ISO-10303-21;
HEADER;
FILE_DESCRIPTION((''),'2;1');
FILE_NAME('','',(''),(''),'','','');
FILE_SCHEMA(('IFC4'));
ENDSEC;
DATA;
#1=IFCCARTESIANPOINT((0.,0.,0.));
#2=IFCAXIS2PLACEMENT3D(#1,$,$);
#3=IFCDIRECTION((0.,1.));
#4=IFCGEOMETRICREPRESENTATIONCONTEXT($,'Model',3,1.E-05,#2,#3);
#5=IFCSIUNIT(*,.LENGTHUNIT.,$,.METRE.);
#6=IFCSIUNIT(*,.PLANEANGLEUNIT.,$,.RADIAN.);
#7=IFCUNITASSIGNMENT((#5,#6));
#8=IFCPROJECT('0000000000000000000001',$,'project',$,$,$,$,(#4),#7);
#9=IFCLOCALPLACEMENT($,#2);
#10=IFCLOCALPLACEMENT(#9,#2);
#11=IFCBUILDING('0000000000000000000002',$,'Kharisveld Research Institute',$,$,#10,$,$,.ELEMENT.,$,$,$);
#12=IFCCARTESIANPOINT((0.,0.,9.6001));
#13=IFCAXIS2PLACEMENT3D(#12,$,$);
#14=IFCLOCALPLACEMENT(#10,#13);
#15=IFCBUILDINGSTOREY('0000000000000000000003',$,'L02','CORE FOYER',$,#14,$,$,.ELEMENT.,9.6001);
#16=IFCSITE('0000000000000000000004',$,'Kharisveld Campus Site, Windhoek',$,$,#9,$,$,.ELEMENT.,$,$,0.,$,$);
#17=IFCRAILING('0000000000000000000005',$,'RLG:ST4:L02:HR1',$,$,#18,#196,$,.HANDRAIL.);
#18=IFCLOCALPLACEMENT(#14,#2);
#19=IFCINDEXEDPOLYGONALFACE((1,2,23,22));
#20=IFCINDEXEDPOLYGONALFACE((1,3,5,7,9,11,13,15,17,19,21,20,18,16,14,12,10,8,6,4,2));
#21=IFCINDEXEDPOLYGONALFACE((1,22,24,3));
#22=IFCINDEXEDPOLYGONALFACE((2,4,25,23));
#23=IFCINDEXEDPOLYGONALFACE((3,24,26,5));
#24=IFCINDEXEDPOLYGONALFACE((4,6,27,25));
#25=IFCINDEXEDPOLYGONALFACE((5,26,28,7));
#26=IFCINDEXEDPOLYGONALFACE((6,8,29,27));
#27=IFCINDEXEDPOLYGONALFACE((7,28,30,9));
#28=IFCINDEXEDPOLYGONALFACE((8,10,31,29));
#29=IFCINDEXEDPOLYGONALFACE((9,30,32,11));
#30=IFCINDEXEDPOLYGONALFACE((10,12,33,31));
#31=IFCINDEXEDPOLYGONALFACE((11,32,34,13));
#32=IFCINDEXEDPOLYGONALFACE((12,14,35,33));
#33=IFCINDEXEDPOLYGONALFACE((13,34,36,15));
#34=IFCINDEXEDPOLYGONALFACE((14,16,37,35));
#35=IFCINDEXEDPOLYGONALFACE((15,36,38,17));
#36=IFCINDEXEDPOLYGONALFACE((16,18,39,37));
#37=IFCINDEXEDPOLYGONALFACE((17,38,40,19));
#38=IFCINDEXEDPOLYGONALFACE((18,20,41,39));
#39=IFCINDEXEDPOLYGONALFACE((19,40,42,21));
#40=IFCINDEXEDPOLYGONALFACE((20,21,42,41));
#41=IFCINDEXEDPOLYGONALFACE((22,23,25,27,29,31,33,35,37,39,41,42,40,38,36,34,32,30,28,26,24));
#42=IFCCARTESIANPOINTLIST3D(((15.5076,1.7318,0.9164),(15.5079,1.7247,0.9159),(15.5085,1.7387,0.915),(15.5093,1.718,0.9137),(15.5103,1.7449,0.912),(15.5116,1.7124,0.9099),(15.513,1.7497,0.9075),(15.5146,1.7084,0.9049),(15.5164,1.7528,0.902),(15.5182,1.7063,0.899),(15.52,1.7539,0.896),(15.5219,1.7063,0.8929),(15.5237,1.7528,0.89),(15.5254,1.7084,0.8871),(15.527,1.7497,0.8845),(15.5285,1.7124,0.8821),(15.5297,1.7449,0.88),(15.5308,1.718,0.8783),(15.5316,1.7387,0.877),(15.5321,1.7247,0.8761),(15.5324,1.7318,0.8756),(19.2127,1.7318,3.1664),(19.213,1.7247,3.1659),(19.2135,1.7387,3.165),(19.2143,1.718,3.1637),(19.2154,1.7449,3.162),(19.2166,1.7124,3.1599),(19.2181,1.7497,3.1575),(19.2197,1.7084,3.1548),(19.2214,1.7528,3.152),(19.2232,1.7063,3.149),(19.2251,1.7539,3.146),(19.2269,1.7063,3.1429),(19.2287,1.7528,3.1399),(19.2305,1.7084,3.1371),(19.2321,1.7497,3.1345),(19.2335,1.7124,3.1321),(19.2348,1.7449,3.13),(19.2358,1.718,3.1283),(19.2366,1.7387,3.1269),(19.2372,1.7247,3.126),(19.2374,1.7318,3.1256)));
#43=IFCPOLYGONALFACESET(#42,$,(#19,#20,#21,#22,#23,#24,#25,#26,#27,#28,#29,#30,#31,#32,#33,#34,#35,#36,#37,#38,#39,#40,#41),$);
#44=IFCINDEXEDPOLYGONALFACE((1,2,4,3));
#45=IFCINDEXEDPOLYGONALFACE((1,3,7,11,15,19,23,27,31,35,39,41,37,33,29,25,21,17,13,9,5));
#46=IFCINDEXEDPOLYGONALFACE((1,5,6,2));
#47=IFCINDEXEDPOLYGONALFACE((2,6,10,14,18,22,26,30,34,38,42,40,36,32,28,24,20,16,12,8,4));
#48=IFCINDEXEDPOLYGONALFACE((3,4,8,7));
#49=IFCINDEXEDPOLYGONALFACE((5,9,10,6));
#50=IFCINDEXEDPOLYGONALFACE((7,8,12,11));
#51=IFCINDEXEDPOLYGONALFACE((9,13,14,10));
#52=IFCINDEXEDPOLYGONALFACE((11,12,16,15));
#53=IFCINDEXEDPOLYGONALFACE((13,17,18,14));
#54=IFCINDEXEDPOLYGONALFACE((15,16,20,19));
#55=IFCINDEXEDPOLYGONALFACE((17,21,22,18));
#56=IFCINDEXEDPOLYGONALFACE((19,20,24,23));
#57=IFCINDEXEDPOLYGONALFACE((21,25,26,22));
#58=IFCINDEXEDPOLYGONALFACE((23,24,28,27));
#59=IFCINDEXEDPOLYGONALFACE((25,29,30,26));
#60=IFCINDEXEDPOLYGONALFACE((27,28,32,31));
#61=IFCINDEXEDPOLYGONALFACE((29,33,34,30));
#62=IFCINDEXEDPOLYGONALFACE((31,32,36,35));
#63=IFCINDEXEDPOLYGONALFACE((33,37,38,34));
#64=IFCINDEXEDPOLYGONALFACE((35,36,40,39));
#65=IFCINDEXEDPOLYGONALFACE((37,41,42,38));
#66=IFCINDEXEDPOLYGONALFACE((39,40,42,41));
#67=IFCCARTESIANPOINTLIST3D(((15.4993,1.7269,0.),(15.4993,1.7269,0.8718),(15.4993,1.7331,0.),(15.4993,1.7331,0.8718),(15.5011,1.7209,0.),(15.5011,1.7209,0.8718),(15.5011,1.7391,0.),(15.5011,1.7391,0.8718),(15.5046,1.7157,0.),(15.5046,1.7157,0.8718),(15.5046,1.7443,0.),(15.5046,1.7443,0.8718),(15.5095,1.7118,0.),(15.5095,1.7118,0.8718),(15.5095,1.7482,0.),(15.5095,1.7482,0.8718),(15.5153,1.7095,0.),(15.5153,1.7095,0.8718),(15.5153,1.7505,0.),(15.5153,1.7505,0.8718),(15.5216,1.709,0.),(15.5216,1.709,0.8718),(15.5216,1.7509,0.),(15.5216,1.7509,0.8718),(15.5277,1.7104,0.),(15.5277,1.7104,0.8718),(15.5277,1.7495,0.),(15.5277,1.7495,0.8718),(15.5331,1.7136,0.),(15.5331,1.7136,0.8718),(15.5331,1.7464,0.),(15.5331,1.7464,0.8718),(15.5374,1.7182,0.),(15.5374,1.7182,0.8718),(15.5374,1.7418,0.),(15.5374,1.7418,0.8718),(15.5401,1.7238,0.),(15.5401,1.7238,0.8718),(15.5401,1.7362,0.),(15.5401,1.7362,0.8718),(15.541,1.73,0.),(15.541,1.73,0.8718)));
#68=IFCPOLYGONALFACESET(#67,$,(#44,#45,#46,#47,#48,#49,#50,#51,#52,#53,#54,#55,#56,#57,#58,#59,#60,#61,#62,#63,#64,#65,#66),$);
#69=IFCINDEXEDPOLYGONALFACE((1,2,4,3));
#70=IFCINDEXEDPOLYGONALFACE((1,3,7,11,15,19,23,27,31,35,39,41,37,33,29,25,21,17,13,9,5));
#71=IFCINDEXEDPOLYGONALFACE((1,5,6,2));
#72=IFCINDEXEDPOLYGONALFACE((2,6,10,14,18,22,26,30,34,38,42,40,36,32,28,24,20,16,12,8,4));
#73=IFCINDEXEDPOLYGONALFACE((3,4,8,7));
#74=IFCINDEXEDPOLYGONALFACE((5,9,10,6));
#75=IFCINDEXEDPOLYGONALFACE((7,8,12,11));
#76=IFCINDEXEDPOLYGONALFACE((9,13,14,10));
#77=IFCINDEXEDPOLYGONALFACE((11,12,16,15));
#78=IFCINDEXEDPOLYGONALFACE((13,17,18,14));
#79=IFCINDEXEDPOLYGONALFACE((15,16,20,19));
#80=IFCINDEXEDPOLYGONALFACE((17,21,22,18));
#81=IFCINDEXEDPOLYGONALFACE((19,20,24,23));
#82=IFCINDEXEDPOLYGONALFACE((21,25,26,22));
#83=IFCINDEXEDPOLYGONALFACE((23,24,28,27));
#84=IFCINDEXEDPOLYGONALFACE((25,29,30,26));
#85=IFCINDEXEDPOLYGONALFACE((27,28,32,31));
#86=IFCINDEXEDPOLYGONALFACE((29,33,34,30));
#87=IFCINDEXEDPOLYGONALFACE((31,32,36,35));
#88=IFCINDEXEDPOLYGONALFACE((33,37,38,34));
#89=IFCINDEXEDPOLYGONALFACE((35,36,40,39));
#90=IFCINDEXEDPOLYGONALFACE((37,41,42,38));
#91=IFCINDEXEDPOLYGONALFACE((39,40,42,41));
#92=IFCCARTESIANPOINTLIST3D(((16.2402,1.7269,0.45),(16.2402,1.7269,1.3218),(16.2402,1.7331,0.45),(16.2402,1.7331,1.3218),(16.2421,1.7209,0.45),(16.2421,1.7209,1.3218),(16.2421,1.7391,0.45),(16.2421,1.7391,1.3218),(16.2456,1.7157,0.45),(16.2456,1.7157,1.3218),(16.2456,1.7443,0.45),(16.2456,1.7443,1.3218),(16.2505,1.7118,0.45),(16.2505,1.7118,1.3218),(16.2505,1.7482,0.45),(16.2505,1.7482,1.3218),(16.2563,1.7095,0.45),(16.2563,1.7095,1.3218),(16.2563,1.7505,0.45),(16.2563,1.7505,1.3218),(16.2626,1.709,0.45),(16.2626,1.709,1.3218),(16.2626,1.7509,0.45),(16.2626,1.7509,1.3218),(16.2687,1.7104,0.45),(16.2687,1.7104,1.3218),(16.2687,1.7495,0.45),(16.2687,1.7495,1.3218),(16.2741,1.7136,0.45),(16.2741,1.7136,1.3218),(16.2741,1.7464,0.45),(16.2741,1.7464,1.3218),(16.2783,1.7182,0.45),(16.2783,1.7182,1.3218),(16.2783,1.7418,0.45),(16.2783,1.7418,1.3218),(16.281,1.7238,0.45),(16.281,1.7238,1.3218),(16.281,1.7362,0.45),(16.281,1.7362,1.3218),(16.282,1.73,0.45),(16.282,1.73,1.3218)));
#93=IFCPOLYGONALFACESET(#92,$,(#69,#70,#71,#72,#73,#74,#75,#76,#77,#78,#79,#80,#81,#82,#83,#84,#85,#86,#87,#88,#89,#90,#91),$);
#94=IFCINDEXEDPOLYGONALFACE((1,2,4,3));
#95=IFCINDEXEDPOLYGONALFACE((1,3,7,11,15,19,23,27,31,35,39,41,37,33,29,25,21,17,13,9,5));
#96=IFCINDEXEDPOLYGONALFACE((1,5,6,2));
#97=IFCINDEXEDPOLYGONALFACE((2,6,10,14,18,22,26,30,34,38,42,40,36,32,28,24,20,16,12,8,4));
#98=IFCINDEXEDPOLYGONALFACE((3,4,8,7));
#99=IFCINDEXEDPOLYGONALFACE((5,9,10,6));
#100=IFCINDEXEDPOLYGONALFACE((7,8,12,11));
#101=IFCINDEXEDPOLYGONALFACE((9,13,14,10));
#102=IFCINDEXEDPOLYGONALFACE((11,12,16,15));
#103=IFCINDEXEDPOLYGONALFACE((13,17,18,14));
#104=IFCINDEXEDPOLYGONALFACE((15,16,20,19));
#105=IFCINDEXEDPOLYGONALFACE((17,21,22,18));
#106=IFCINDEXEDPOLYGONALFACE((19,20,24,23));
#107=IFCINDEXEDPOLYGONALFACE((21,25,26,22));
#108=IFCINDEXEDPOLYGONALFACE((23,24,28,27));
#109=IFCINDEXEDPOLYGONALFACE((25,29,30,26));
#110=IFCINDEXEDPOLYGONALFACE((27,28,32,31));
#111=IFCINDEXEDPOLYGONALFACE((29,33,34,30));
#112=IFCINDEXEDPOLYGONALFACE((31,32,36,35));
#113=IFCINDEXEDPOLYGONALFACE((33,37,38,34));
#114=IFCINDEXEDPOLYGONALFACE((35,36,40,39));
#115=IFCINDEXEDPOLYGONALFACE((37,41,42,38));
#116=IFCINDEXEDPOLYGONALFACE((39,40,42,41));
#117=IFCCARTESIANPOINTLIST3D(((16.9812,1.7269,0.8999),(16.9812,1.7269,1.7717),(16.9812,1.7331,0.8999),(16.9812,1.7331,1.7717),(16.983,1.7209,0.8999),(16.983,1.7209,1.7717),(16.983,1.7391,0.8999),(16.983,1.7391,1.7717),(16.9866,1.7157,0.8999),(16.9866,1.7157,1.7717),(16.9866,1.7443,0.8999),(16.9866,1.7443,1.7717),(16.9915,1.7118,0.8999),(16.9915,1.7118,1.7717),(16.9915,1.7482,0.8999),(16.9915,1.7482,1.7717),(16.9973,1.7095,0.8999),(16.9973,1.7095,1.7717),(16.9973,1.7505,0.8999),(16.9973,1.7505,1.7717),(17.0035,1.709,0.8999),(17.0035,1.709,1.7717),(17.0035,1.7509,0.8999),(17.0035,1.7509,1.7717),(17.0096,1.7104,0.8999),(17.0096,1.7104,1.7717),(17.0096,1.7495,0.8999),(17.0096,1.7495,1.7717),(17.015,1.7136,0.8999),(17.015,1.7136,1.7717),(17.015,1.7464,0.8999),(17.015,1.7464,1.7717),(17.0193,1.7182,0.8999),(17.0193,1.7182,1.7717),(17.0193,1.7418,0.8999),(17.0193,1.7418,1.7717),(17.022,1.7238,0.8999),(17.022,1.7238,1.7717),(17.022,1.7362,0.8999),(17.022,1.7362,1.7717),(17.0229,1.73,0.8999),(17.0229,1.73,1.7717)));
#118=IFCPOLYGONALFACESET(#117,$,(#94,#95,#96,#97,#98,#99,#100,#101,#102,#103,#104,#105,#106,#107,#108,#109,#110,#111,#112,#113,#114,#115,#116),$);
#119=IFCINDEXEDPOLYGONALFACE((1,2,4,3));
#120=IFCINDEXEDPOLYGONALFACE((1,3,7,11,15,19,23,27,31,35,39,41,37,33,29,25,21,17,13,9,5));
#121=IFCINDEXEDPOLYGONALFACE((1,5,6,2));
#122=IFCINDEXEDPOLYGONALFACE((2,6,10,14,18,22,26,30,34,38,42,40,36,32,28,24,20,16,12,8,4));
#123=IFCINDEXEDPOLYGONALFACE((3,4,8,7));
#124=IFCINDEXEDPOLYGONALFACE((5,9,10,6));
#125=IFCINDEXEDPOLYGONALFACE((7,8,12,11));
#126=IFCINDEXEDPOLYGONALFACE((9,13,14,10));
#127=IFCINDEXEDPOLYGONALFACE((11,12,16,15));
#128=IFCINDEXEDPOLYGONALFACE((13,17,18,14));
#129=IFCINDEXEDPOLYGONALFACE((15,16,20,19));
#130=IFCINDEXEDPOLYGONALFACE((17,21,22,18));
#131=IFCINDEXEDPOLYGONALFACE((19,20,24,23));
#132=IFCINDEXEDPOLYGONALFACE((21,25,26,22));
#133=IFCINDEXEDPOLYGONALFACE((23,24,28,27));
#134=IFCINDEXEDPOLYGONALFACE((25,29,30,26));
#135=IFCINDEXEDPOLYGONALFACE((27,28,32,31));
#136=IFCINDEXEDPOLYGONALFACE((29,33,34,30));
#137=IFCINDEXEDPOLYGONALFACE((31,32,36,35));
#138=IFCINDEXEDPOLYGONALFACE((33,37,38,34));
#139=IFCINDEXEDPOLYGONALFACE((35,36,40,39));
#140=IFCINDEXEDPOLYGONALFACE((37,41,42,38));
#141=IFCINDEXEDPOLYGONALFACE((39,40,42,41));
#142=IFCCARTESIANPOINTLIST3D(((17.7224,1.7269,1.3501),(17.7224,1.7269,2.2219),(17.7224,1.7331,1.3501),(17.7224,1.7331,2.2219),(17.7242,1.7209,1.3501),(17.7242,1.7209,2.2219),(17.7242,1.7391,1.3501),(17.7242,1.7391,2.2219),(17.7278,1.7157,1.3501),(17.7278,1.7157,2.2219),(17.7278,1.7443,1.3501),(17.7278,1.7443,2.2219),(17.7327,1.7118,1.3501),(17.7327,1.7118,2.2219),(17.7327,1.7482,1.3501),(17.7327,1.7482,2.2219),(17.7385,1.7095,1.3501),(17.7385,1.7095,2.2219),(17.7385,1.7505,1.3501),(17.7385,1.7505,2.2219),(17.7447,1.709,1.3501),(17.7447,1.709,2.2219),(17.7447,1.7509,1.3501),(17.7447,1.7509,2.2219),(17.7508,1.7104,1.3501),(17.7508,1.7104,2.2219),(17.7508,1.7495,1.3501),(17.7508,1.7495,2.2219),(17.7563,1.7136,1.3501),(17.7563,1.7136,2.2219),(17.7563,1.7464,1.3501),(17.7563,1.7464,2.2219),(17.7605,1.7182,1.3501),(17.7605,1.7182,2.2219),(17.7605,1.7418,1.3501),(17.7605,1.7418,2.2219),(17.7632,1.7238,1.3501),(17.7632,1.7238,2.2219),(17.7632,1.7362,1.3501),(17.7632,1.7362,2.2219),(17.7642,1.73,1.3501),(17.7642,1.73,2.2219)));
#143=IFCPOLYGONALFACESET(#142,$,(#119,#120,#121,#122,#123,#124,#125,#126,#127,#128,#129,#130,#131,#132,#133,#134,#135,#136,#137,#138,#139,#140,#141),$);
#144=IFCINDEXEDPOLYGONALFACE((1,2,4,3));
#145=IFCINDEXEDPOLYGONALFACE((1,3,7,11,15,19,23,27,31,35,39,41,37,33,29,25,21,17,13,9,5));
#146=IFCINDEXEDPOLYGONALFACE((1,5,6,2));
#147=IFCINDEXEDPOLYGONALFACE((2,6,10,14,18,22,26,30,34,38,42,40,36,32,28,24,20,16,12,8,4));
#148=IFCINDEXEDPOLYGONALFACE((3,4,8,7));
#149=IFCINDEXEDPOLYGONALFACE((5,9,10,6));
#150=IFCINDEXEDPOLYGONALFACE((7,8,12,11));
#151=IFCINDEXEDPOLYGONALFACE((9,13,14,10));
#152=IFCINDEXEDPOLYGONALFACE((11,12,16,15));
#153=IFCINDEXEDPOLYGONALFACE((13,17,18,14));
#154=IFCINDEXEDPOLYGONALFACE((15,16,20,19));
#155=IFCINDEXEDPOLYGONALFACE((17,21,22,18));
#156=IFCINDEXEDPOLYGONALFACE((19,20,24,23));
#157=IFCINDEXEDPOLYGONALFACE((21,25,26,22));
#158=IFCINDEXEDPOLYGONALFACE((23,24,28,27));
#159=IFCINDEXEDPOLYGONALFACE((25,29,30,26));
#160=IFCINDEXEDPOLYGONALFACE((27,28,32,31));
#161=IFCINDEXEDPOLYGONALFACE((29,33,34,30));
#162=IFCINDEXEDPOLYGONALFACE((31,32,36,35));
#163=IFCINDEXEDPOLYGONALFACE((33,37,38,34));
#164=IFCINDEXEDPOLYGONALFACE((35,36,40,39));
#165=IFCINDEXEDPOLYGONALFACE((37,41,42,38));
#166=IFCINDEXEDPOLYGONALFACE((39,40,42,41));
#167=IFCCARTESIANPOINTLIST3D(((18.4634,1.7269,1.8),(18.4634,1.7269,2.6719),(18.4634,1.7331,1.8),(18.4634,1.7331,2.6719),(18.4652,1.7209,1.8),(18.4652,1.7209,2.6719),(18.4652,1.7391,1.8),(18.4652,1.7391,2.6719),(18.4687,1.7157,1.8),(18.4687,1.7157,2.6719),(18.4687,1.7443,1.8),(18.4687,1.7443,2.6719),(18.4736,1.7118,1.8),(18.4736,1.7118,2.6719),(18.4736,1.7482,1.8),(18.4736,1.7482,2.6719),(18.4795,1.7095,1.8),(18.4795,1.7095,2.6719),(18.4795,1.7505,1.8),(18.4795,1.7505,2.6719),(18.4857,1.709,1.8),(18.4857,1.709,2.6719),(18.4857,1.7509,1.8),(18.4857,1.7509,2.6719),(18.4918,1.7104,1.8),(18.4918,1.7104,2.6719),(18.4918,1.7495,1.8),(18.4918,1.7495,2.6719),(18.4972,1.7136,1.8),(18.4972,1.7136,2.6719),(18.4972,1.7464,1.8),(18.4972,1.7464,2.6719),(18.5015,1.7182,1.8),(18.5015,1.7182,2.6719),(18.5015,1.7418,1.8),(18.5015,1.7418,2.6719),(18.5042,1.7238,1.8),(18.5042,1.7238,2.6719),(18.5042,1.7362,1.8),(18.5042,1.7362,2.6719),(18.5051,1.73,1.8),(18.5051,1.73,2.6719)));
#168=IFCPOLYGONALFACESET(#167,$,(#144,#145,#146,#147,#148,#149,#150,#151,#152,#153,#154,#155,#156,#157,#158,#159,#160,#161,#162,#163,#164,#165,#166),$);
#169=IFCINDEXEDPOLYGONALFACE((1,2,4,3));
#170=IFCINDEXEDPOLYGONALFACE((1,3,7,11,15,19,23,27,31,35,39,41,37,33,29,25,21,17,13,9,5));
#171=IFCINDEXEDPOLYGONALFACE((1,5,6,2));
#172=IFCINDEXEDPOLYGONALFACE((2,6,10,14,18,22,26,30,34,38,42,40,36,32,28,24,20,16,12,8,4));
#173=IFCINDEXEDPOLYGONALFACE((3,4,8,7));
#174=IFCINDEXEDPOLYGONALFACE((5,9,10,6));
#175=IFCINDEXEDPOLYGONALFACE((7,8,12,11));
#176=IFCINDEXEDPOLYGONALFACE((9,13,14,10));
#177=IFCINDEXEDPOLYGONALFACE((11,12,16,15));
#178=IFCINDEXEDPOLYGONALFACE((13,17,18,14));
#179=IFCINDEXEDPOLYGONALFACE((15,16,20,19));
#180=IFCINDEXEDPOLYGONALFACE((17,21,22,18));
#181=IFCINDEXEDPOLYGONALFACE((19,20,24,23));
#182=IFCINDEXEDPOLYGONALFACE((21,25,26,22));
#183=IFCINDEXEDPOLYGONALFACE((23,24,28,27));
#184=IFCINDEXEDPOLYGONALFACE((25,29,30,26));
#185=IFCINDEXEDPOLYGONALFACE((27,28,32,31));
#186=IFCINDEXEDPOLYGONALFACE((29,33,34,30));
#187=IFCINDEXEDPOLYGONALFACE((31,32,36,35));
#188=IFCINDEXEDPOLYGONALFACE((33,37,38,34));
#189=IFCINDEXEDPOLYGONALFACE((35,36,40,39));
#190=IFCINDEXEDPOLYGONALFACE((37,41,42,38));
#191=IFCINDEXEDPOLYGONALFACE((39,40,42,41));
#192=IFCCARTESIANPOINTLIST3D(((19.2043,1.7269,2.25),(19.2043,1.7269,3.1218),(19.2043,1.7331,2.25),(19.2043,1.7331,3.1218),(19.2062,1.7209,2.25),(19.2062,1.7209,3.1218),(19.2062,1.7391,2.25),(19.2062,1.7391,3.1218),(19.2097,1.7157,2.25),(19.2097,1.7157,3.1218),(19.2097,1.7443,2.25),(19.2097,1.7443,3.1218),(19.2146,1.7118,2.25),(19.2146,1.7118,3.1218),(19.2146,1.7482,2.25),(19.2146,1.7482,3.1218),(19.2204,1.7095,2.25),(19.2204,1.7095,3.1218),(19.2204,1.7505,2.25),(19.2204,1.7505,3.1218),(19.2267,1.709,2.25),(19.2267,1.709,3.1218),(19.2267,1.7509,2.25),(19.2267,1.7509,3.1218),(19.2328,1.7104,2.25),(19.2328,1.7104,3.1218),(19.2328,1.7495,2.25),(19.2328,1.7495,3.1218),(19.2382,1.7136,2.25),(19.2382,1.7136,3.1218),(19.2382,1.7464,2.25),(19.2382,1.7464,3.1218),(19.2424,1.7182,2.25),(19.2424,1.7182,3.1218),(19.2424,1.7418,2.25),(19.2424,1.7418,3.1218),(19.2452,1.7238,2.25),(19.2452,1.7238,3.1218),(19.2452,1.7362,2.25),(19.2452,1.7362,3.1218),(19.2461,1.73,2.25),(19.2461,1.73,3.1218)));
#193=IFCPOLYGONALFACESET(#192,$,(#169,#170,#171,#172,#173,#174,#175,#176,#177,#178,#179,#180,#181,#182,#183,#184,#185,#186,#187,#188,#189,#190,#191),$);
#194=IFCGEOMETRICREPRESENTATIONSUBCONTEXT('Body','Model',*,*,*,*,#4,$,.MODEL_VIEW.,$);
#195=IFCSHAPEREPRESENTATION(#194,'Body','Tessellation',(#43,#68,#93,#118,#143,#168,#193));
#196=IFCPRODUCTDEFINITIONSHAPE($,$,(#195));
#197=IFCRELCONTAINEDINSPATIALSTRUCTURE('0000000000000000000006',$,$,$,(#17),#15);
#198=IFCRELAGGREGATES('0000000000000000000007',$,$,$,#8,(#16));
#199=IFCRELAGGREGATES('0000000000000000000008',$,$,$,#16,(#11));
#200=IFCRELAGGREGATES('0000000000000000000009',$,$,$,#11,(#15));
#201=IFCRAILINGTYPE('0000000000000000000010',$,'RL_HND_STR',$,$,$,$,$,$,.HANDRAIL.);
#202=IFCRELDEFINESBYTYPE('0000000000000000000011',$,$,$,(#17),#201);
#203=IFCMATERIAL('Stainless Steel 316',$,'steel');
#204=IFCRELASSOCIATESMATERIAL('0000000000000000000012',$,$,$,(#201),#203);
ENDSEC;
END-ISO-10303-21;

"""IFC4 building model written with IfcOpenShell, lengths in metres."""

from ifc_helpers import new_model, si_unit, direction, frame, origin, origin_2d, place, context, subcontext, project, spatial, circle, extrude, material, type_object, element, save


model = new_model("IFC4")

# Units and contexts
model_context = context("Model", 3, precision=1e-05, world=origin(), true_north=direction((0.0, 1.0)))
body_context = subcontext(model_context, "Body", "Model", "MODEL_VIEW")
ifc_project = project(units=[si_unit("LENGTHUNIT", "METRE"), si_unit("PLANEANGLEUNIT", "RADIAN")], contexts=[model_context])

# Site, building, storey
site_placement = place(None, origin())
site = spatial("IfcSite", under=ifc_project, at=site_placement, Name="Kharisveld Campus Site, Windhoek", CompositionType="ELEMENT", RefElevation=0.0)
building_placement = place(site_placement, origin())
building = spatial("IfcBuilding", under=site, at=building_placement, Name="Kharisveld Research Institute", CompositionType="ELEMENT")
storey_placement = place(building_placement, frame((0.0, 0.0, 9.6001)))
storey = spatial("IfcBuildingStorey", under=building, at=storey_placement, Name="L02", Description="CORE FOYER", CompositionType="ELEMENT", Elevation=9.6001)

# Railing
ifc_material_1 = material(Name="Stainless Steel 316", Category="steel")
railing_type_1 = type_object("IfcRailingType", Name="RL_HND_STR", PredefinedType="HANDRAIL", material=ifc_material_1)
railing_1_placement = place(storey_placement, frame((15.52, 1.73, 0.0)))
element("IfcRailing", 1, at=railing_1_placement, inside=storey, type_object=railing_type_1, Name="RLG:ST4:L02:HR1", PredefinedType="HANDRAIL", context=body_context, shape_type="SweptSolid", body=[
    extrude(circle(Radius=0.0239, at=origin_2d()), frame((0.0, 0.0, 0.896), z_axis=(0.854738, 0.0, 0.51906), x_axis=(0.0, 1.0, 0.0)), (0.0, 0.0, 1.0), 4.3347),
    extrude(circle(Radius=0.021, at=origin_2d()), origin(), (0.0, 0.0, 1.0), 0.8718),
    extrude(circle(Radius=0.021, at=origin_2d()), frame((0.741, 0.0, 0.45)), (0.0, 0.0, 1.0), 0.8718),
    extrude(circle(Radius=0.021, at=origin_2d()), frame((1.4819, 0.0, 0.8999)), (0.0, 0.0, 1.0), 0.8718),
    extrude(circle(Radius=0.021, at=origin_2d()), frame((2.2231, 0.0, 1.3501)), (0.0, 0.0, 1.0), 0.8718),
    extrude(circle(Radius=0.021, at=origin_2d()), frame((2.9641, 0.0, 1.8)), (0.0, 0.0, 1.0), 0.8718),
    extrude(circle(Radius=0.021, at=origin_2d()), frame((3.7051, 0.0, 2.25)), (0.0, 0.0, 1.0), 0.8718),
])

save(model, "model.ifc")
